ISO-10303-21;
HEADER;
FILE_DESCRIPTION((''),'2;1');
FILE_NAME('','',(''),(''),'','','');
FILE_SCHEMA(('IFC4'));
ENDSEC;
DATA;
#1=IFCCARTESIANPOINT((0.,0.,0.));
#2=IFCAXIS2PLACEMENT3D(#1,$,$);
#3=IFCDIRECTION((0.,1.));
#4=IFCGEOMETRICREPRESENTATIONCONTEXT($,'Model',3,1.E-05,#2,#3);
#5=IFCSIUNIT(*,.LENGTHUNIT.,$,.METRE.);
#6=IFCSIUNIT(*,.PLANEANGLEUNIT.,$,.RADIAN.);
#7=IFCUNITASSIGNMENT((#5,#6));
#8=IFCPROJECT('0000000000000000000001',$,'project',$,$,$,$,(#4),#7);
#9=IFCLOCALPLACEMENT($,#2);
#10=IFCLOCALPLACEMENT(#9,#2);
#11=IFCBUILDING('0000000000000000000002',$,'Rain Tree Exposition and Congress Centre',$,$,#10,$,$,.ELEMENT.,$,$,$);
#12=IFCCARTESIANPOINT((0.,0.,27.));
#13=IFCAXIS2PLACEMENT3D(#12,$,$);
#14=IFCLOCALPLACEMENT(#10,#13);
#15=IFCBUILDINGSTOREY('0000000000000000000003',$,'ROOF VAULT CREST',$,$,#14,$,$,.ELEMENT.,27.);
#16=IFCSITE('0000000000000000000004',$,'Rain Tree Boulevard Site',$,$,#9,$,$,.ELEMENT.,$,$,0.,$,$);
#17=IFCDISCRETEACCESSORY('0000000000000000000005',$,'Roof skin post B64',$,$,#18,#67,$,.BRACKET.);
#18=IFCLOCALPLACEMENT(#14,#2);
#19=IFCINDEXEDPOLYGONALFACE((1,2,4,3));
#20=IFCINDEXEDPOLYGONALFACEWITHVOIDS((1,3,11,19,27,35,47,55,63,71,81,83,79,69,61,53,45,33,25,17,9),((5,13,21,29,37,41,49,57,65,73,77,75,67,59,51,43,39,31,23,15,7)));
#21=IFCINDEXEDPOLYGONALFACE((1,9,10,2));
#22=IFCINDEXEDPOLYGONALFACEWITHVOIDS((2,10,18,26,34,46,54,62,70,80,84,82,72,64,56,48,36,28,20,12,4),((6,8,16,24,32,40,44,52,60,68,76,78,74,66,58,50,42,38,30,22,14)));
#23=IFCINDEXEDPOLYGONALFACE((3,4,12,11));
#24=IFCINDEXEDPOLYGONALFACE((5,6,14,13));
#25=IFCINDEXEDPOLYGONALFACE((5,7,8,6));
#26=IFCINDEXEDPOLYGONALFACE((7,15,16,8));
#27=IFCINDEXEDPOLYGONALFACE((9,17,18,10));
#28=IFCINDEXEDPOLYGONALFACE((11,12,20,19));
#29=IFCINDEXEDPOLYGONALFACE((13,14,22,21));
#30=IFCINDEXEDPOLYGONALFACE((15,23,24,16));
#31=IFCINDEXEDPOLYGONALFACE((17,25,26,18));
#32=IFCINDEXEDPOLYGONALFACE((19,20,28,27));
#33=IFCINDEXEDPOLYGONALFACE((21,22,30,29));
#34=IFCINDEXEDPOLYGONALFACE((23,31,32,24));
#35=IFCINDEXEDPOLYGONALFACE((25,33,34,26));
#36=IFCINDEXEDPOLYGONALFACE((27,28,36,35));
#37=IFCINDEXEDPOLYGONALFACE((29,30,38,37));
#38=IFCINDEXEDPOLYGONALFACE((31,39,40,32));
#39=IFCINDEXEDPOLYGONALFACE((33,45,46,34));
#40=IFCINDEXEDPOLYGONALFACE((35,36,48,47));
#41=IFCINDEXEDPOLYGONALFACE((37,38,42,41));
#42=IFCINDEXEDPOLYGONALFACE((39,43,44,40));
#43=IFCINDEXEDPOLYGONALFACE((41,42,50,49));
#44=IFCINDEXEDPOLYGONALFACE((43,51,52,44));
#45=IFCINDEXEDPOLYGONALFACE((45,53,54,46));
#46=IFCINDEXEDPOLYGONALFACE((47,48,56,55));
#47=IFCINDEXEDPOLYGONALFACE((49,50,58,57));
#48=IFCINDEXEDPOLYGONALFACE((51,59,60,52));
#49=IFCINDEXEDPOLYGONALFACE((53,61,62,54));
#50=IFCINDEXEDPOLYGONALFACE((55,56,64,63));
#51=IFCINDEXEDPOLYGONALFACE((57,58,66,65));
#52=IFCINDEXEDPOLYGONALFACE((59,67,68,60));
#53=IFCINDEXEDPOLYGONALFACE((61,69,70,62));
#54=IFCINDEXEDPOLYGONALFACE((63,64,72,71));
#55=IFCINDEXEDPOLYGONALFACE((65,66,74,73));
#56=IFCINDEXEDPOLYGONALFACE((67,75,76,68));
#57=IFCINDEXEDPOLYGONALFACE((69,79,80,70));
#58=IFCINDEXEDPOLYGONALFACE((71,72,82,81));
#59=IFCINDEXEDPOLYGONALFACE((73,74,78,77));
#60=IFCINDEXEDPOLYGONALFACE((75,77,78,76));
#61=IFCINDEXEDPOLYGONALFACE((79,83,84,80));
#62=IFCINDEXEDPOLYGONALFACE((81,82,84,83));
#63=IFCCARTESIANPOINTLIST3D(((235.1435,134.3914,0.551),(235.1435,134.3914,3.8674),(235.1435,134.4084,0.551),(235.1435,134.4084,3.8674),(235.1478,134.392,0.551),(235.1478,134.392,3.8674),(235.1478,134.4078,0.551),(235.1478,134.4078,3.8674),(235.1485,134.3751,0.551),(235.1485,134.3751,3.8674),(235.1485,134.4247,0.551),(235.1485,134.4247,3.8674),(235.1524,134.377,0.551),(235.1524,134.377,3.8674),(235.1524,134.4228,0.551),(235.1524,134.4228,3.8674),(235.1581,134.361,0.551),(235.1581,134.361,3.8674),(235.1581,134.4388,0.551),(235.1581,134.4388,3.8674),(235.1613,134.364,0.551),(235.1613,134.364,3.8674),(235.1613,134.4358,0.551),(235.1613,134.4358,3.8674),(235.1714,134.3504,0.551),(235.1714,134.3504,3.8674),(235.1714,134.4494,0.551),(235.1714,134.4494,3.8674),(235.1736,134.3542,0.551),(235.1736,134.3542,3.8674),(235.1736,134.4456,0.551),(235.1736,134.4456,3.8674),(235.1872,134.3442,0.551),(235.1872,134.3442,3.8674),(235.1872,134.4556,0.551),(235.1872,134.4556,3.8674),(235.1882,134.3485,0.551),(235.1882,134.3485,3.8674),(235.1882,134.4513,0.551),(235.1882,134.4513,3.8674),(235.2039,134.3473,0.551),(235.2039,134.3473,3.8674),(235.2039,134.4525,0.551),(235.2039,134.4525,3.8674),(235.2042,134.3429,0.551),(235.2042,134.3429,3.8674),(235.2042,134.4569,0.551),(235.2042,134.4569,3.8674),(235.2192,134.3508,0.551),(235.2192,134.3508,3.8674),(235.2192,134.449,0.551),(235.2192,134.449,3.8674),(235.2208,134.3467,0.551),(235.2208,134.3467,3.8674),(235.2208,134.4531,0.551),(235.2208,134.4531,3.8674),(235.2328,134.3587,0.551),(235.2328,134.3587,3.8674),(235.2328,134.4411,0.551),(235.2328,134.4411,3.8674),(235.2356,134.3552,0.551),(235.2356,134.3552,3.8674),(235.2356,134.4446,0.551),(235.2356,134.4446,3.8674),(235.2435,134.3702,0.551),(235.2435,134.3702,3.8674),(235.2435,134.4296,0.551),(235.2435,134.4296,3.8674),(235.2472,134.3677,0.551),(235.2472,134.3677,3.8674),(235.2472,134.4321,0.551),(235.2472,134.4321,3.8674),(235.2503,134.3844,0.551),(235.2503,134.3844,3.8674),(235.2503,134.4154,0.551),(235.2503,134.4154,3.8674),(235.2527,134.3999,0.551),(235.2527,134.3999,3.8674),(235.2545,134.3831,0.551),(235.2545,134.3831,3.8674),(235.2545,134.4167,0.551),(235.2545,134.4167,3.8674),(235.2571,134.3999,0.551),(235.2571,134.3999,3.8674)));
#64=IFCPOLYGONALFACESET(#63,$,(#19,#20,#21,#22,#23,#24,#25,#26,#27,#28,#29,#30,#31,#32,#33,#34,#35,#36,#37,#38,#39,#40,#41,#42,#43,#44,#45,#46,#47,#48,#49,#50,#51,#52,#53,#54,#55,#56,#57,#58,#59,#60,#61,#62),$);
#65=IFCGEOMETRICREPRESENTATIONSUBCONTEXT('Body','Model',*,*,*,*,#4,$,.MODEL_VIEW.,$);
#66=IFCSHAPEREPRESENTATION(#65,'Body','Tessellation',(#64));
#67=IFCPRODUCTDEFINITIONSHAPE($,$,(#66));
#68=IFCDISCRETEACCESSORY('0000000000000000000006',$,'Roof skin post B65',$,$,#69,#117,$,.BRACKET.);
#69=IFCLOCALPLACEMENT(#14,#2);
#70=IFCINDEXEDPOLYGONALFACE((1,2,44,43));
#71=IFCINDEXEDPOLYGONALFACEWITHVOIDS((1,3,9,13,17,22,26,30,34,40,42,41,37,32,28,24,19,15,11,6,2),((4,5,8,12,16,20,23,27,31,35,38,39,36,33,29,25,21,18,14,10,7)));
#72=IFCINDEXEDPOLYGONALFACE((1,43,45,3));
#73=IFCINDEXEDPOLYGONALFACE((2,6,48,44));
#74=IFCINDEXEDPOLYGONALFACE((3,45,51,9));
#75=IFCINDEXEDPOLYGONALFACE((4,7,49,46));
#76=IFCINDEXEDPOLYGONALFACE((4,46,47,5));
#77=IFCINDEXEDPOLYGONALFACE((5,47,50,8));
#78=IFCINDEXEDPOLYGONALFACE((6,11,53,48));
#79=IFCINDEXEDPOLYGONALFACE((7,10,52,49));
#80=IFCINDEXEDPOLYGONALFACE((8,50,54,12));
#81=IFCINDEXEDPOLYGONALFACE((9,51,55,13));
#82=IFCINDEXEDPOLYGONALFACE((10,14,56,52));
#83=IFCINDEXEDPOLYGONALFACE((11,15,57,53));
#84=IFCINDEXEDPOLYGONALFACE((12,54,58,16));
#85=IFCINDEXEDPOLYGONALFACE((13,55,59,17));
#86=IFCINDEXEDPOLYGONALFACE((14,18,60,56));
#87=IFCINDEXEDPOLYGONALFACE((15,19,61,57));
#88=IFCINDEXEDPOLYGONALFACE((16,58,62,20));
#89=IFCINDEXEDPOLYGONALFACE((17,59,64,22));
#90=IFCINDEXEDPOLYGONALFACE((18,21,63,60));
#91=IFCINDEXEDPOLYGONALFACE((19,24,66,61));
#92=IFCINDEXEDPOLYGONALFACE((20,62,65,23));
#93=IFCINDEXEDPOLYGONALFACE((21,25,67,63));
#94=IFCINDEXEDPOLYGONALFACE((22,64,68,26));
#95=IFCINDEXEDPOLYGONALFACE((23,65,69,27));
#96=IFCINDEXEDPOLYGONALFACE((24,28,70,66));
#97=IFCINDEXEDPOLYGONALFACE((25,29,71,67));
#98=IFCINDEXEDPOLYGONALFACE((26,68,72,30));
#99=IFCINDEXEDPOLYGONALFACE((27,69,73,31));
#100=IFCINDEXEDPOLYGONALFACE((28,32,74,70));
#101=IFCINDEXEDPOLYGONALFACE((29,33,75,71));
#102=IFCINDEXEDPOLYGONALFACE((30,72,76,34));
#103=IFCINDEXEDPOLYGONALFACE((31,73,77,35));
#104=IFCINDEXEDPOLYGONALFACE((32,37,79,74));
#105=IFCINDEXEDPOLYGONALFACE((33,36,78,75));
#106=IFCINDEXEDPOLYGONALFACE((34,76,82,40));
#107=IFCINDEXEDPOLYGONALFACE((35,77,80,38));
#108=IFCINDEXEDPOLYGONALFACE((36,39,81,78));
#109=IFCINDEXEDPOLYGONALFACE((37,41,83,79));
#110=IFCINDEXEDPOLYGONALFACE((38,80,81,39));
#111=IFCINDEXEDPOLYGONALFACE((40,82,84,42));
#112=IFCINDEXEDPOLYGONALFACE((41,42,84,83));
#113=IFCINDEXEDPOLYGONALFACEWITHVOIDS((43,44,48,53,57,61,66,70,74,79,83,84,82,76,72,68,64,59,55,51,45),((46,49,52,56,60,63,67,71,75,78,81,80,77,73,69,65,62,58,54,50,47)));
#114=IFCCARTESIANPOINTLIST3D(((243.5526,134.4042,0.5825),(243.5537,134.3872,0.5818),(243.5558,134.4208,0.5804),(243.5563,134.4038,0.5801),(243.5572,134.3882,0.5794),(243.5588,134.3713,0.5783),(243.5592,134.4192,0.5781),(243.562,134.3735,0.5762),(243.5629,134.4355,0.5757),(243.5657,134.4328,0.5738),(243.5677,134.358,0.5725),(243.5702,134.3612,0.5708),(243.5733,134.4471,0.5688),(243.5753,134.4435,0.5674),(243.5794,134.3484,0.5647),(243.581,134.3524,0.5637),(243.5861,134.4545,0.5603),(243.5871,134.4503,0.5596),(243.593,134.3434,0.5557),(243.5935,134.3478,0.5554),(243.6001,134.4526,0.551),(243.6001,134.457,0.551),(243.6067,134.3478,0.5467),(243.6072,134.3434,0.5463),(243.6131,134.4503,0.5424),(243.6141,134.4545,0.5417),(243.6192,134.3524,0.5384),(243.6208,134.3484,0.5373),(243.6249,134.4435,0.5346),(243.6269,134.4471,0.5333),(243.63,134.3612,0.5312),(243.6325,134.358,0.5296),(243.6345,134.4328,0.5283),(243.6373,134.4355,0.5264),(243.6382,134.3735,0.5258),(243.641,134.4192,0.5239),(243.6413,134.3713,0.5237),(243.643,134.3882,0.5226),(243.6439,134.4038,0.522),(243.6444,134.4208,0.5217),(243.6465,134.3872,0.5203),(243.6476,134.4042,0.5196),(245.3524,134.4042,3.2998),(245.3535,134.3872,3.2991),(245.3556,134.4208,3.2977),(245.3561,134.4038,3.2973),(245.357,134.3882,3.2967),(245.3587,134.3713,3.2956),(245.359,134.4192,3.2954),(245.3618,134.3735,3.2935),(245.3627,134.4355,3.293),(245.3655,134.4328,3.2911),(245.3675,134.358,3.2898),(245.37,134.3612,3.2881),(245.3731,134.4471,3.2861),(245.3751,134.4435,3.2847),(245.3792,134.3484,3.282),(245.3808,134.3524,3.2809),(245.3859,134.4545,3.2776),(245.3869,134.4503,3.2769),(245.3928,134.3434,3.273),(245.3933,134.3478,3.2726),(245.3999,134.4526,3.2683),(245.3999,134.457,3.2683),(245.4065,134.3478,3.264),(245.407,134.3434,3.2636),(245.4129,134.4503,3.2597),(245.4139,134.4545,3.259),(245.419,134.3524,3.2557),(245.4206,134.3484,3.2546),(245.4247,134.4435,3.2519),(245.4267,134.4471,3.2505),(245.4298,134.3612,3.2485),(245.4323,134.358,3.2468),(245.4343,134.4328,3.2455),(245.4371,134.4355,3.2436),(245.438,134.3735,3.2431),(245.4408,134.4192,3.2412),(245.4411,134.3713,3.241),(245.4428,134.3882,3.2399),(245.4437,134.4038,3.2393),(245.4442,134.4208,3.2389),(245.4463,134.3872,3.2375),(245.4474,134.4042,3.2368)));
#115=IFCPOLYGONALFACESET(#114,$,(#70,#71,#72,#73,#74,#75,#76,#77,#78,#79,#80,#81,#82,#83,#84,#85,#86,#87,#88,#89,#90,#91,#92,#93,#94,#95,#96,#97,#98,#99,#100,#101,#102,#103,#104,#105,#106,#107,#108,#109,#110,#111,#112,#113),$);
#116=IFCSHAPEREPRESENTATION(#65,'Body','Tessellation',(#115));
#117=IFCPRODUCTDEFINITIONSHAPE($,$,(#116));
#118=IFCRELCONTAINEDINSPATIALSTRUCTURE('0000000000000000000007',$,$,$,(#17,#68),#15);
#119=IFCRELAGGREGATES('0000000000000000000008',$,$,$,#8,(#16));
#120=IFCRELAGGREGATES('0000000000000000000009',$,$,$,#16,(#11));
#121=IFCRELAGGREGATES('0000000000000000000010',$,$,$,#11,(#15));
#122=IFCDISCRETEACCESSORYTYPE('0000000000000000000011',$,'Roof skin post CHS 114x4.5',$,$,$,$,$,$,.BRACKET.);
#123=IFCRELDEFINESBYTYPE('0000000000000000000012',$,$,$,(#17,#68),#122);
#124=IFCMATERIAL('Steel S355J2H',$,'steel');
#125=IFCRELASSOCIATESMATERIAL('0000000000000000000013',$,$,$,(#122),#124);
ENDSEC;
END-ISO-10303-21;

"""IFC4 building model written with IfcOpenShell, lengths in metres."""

from ifc_helpers import new_model, si_unit, direction, frame, origin, origin_2d, place, context, subcontext, project, spatial, hollow_circle, extrude, material, material_profile, profile_set, type_object, element, save


model = new_model("IFC4")

# Units and contexts
model_context = context("Model", 3, precision=1e-05, world=origin(), true_north=direction((0.0, 1.0)))
body_context = subcontext(model_context, "Body", "Model", "MODEL_VIEW")
ifc_project = project(units=[si_unit("LENGTHUNIT", "METRE"), si_unit("PLANEANGLEUNIT", "RADIAN")], contexts=[model_context])

# Site, building, storey
site_placement = place(None, origin())
site = spatial("IfcSite", under=ifc_project, at=site_placement, Name="Rain Tree Boulevard Site", CompositionType="ELEMENT", RefElevation=0.0)
building_placement = place(site_placement, origin())
building = spatial("IfcBuilding", under=site, at=building_placement, Name="Rain Tree Exposition and Congress Centre", CompositionType="ELEMENT")
storey_placement = place(building_placement, frame((0.0, 0.0, 27.0)))
storey = spatial("IfcBuildingStorey", under=building, at=storey_placement, Name="ROOF VAULT CREST", CompositionType="ELEMENT", Elevation=27.0)

# Discrete accessories
ifc_material_1 = material(Name="Steel S355J2H", Category="steel")
ifc_material_profile_1 = material_profile(ifc_material_1, hollow_circle(Radius=0.0571, WallThickness=0.0044, at=origin_2d()), Name="CHS 114x4.5")
ifc_profile_set_1 = profile_set([ifc_material_profile_1], Name="Steel S355J2H")
discrete_accessory_type_1 = type_object("IfcDiscreteAccessoryType", Name="Roof skin post CHS 114x4.5", PredefinedType="BRACKET", material=ifc_profile_set_1)
discrete_accessory_1_placement = place(storey_placement, frame((235.2, 134.3999, 0.551), z_axis=(0.0, 0.0, 1.0), x_axis=(1.0, 0.0, 0.0)))
element("IfcDiscreteAccessory", 1, at=discrete_accessory_1_placement, inside=storey, type_object=discrete_accessory_type_1, Name="Roof skin post B64", PredefinedType="BRACKET", context=body_context, shape_type="SweptSolid", body=[
    extrude(hollow_circle(Radius=0.0571, WallThickness=0.0044, at=origin_2d()), origin(), (0.0, 0.0, 1.0), 3.3164),
])
discrete_accessory_2_placement = place(storey_placement, frame((243.6001, 134.3999, 0.551), z_axis=(0.552209, 0.0, 0.833706), x_axis=(0.0, 1.0, 0.0)))
element("IfcDiscreteAccessory", 2, at=discrete_accessory_2_placement, inside=storey, type_object=discrete_accessory_type_1, Name="Roof skin post B65", PredefinedType="BRACKET", context=body_context, shape_type="SweptSolid", body=[
    extrude(hollow_circle(Radius=0.0571, WallThickness=0.0044, at=origin_2d()), origin(), (0.0, 0.0, 1.0), 3.2593),
])

save(model, "model.ifc")
